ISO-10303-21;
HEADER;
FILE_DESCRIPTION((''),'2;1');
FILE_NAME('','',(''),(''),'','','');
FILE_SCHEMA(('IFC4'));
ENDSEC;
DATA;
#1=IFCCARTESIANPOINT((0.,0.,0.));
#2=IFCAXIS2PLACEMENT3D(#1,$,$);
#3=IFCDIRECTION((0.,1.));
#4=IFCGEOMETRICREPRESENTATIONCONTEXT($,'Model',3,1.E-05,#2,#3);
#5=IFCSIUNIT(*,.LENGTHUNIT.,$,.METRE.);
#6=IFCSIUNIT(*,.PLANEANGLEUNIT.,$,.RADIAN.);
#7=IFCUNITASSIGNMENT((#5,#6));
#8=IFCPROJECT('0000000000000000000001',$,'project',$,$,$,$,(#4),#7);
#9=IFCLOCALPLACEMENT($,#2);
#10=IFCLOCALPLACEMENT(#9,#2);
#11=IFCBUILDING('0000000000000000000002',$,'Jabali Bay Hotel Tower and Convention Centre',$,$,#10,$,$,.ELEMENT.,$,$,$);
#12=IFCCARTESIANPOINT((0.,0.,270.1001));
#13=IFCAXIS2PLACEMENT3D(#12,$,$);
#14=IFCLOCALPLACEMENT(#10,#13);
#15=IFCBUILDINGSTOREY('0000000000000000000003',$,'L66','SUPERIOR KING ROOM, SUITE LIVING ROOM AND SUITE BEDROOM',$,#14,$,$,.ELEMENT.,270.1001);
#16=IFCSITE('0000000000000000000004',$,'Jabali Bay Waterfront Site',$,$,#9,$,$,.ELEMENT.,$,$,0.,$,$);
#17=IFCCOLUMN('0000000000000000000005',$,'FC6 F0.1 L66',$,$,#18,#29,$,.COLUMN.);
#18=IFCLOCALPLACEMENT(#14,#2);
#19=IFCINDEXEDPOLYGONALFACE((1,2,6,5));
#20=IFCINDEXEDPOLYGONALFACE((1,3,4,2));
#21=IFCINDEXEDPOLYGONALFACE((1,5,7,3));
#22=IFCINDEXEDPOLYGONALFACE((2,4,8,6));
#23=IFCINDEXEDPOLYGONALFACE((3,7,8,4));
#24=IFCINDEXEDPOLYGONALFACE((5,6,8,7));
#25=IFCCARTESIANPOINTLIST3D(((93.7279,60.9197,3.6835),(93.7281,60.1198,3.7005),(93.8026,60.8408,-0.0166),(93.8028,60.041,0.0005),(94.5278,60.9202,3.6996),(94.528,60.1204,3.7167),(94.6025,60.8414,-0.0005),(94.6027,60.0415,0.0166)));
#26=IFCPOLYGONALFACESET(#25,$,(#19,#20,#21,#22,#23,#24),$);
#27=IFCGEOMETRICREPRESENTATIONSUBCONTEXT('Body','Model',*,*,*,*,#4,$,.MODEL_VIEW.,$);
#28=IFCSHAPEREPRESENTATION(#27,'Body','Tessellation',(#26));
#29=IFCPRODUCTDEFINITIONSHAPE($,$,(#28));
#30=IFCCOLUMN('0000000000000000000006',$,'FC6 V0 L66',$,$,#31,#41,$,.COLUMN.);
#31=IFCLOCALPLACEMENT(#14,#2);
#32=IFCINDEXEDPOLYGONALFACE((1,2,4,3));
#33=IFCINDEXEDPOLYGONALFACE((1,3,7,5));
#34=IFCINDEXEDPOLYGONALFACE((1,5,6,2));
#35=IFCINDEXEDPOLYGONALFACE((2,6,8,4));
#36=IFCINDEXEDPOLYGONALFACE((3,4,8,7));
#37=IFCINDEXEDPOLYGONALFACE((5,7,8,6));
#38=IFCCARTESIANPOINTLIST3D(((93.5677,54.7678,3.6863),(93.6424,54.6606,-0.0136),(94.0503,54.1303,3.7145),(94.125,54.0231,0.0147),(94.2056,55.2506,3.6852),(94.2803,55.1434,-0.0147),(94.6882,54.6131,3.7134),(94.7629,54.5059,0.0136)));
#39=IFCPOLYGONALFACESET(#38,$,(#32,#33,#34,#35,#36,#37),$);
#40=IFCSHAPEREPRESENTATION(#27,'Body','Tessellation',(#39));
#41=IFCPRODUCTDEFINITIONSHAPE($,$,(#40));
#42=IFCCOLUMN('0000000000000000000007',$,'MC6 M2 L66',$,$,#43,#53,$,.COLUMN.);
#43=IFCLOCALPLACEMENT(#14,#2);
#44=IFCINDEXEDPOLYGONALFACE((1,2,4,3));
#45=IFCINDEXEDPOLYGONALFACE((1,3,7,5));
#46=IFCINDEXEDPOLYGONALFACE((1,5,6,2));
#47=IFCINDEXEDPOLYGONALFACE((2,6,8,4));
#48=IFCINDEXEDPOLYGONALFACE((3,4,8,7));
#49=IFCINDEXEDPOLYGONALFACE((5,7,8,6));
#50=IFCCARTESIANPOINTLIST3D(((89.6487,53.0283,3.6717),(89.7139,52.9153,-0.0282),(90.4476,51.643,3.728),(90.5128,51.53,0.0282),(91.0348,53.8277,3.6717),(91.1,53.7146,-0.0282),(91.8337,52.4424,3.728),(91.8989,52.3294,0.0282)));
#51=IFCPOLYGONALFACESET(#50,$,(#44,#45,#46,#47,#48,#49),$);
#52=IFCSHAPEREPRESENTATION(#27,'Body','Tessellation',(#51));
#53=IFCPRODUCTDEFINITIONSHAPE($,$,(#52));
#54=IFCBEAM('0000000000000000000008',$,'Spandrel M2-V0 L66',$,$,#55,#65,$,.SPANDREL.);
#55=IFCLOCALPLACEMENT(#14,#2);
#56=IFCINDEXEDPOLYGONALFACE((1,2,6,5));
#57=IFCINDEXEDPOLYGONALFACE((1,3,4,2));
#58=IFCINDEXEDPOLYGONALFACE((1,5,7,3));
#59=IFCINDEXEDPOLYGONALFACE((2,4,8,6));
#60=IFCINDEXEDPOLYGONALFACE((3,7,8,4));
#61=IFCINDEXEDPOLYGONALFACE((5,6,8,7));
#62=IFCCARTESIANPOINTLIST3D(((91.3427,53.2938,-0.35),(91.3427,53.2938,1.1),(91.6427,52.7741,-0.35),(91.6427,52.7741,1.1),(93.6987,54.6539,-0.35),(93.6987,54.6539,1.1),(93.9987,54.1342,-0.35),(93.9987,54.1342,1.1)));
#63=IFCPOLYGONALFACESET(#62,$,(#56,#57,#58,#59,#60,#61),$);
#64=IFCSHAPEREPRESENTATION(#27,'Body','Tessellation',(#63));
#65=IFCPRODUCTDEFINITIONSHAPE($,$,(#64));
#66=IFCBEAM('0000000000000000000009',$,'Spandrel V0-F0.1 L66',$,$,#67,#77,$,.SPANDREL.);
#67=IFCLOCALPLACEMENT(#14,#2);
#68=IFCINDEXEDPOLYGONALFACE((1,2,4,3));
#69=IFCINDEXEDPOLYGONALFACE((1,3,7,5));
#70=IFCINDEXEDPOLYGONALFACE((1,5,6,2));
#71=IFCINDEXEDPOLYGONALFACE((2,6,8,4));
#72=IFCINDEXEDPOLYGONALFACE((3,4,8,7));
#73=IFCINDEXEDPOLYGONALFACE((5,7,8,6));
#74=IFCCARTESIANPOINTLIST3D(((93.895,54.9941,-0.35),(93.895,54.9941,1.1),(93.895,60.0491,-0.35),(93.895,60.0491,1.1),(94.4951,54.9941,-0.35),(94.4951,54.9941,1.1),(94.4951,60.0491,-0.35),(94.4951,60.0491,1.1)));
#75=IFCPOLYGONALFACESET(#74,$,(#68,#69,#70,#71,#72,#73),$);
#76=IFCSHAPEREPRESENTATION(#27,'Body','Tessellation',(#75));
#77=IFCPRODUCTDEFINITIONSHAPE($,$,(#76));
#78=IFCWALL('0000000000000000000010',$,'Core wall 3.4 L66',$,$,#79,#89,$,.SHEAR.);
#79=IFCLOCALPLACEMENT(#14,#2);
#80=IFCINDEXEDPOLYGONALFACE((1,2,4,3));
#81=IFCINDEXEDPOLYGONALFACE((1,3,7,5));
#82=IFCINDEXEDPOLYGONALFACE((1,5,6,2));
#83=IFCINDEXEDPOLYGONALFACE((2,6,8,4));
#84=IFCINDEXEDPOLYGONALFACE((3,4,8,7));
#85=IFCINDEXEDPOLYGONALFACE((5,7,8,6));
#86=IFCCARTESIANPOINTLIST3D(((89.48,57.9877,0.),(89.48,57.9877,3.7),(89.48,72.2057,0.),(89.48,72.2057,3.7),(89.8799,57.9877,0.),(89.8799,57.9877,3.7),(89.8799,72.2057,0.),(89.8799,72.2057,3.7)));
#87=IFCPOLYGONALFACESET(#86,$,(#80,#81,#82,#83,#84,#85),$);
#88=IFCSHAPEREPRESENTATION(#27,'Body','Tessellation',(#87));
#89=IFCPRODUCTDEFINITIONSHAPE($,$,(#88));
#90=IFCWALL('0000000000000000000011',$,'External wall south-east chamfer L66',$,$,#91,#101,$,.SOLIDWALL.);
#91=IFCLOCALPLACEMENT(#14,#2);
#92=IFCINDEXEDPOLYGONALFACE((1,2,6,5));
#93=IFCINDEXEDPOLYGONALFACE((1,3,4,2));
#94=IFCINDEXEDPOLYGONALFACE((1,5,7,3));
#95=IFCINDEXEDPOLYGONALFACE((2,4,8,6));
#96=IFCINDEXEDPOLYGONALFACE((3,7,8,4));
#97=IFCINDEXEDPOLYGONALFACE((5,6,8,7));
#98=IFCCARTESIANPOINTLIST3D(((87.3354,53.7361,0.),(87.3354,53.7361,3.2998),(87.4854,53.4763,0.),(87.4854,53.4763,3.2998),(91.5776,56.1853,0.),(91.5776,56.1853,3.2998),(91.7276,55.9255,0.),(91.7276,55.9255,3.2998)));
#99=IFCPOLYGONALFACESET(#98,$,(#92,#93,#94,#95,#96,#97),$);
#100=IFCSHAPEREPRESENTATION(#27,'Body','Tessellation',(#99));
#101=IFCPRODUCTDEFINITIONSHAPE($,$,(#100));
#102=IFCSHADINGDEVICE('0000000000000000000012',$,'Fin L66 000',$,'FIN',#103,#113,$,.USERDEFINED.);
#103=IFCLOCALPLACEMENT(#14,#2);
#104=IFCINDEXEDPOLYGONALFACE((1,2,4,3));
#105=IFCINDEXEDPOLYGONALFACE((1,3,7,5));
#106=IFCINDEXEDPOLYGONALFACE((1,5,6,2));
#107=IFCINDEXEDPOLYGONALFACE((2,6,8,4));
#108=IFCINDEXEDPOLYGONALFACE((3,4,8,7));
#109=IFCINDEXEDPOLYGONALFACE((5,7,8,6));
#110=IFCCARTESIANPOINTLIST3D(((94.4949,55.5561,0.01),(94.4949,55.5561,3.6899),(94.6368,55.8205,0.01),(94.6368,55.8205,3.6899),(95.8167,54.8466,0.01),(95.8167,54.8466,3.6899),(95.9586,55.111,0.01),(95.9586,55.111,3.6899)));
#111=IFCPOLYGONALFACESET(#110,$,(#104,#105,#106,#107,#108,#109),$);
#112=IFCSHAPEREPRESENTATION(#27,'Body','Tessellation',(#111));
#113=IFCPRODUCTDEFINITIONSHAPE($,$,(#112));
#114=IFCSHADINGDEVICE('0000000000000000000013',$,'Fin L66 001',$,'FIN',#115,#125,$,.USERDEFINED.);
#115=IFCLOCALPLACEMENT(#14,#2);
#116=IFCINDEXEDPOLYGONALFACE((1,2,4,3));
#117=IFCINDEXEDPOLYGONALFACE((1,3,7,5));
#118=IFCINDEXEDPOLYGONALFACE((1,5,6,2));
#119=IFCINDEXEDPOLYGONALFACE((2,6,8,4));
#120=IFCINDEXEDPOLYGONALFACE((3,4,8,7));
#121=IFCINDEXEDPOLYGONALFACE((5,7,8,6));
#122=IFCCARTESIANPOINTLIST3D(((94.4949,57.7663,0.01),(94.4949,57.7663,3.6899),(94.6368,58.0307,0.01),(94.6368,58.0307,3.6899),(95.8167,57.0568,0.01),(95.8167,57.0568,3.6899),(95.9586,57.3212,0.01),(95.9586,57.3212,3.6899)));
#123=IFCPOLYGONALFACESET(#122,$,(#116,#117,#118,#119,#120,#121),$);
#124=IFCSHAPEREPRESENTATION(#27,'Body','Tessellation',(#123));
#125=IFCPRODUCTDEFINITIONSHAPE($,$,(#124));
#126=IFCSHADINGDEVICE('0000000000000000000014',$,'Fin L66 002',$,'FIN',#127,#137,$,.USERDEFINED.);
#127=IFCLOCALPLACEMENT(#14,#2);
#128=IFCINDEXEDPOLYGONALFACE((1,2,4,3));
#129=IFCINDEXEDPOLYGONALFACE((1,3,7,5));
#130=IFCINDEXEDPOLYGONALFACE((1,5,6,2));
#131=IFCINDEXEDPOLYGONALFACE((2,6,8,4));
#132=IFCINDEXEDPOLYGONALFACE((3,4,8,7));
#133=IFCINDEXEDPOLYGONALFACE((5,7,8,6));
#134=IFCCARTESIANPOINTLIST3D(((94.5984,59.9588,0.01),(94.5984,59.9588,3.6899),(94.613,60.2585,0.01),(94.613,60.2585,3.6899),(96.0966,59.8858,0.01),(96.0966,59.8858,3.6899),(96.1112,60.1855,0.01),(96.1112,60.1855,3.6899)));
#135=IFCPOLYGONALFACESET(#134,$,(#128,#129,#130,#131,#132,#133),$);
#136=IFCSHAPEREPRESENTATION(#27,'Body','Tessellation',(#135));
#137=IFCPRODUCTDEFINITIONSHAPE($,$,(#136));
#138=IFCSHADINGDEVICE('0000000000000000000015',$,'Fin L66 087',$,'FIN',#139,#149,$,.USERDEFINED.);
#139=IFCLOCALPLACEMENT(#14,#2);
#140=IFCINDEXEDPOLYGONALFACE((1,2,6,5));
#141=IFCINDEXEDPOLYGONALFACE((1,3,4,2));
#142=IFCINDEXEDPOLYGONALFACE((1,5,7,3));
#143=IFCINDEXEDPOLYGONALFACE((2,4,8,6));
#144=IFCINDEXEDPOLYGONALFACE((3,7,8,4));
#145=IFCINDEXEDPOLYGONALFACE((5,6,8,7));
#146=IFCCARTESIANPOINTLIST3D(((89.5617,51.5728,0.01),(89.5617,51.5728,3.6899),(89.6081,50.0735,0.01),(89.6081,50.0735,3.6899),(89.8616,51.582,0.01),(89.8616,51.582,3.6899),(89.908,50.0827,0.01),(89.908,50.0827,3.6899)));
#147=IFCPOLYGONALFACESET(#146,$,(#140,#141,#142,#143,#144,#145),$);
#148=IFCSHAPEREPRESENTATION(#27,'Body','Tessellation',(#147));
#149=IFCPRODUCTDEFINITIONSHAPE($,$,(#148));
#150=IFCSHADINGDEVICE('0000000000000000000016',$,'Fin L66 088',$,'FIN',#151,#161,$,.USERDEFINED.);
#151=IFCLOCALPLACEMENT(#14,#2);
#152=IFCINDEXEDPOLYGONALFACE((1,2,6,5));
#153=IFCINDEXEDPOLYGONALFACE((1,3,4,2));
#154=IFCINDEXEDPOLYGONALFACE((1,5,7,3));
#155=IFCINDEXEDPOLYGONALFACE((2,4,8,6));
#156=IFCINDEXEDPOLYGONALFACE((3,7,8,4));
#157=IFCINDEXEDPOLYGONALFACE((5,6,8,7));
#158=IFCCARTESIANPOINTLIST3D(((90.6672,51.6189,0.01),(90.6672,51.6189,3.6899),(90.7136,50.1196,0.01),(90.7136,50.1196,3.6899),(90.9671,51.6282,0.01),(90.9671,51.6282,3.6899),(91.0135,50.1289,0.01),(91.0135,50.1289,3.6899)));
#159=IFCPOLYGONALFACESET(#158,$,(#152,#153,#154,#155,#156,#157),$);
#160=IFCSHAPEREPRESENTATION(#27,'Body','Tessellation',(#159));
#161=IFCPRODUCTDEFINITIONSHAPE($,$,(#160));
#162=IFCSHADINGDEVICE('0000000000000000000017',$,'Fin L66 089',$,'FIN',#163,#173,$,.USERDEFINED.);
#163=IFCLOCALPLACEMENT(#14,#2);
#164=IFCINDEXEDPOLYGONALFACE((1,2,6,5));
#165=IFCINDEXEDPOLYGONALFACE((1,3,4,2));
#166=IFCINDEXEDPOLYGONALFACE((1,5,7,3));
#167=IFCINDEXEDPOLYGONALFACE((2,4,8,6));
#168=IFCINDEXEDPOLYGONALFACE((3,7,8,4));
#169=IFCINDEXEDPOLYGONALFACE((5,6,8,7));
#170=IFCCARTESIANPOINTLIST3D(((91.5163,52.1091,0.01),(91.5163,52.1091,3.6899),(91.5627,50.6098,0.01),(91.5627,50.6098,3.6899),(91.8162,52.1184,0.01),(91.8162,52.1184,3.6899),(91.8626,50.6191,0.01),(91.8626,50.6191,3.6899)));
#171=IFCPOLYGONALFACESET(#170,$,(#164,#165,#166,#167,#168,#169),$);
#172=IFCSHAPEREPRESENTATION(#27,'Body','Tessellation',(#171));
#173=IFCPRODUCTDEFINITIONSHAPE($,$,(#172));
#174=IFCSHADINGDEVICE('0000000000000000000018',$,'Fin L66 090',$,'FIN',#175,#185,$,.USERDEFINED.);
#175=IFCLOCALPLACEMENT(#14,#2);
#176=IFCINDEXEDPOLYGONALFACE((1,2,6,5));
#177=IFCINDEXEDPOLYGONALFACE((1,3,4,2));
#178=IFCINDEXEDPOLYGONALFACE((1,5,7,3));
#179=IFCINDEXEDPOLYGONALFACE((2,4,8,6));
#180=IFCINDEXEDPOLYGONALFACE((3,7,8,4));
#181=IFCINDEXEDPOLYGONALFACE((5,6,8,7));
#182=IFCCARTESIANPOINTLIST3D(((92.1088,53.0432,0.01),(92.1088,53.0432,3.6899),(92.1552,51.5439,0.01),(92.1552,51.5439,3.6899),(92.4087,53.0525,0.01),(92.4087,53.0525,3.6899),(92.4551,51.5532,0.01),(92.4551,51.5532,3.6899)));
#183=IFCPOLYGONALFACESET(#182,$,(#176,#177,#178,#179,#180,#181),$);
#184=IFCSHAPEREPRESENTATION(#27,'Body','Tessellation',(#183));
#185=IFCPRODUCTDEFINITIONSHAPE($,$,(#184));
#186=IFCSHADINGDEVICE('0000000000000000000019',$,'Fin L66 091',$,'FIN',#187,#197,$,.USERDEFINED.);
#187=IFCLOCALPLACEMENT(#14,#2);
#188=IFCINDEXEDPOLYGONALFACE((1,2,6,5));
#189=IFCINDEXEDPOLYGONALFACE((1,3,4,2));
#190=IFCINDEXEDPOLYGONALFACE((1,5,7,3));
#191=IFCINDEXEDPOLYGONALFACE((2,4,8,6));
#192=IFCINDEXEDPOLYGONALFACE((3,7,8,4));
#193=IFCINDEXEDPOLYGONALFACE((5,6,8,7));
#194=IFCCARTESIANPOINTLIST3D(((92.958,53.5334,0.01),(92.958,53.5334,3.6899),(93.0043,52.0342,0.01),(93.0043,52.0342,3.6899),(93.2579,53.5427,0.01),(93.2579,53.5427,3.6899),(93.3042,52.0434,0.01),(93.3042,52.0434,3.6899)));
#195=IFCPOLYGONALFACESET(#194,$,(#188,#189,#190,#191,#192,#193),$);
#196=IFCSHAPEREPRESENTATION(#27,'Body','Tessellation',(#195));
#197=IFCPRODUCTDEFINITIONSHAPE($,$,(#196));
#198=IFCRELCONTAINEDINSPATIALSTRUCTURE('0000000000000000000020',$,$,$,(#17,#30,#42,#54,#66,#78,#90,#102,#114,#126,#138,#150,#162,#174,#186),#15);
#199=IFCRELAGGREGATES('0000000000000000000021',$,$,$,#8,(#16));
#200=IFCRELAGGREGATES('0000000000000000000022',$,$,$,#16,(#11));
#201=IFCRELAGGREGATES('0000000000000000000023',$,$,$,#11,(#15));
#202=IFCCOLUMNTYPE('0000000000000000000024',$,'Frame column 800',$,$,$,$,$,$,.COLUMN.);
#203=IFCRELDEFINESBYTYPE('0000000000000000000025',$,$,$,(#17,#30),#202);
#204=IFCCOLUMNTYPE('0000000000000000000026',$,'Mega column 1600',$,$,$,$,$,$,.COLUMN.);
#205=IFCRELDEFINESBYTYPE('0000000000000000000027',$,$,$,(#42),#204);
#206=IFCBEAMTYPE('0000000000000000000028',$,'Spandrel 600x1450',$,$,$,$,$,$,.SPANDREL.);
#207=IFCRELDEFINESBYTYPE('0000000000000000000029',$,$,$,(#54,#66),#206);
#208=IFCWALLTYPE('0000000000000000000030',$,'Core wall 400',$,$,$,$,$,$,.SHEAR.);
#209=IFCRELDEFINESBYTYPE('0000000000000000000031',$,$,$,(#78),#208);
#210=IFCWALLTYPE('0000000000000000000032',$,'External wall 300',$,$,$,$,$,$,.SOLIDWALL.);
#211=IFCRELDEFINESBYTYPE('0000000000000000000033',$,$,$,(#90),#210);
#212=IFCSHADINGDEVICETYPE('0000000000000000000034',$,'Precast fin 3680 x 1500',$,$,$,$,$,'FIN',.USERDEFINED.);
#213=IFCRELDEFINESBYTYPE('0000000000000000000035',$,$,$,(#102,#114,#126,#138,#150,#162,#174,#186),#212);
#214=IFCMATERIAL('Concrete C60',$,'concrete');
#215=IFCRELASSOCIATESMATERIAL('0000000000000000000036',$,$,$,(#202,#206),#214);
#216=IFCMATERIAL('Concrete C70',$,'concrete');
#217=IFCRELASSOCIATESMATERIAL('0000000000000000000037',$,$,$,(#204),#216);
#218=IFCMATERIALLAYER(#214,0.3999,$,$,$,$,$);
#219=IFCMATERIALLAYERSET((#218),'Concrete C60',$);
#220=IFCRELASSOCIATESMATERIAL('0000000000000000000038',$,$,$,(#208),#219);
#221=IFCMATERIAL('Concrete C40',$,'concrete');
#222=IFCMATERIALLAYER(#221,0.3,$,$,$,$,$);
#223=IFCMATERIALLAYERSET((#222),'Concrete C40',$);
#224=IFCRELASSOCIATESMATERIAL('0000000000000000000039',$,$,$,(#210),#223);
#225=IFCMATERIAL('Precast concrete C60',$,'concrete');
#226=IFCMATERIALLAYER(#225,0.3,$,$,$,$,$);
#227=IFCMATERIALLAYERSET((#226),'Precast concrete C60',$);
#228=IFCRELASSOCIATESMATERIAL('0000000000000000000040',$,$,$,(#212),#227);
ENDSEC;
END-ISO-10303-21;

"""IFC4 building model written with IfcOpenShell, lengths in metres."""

from ifc_helpers import new_model, si_unit, direction, frame, frame_2d, origin, origin_2d, place, context, subcontext, project, spatial, rectangle, extrude, material, layer, layer_set, material_profile, profile_set, type_object, element, save


model = new_model("IFC4")

# Units and contexts
model_context = context("Model", 3, precision=1e-05, world=origin(), true_north=direction((0.0, 1.0)))
body_context = subcontext(model_context, "Body", "Model", "MODEL_VIEW")
ifc_project = project(units=[si_unit("LENGTHUNIT", "METRE"), si_unit("PLANEANGLEUNIT", "RADIAN")], contexts=[model_context])

# Site, building, storey
site_placement = place(None, origin())
site = spatial("IfcSite", under=ifc_project, at=site_placement, Name="Jabali Bay Waterfront Site", CompositionType="ELEMENT", RefElevation=0.0)
building_placement = place(site_placement, origin())
building = spatial("IfcBuilding", under=site, at=building_placement, Name="Jabali Bay Hotel Tower and Convention Centre", CompositionType="ELEMENT")
storey_placement = place(building_placement, frame((0.0, 0.0, 270.1001)))
storey = spatial("IfcBuildingStorey", under=building, at=storey_placement, Name="L66", Description="SUPERIOR KING ROOM, SUITE LIVING ROOM AND SUITE BEDROOM", CompositionType="ELEMENT", Elevation=270.1001)

# Columns
ifc_material_1 = material(Name="Concrete C60", Category="concrete")
ifc_material_profile_1 = material_profile(ifc_material_1, rectangle(XDim=0.8, YDim=0.8, at=origin_2d()), Name="Frame column 800")
ifc_profile_set_1 = profile_set([ifc_material_profile_1], Name="Concrete C60")
column_type_1 = type_object("IfcColumnType", Name="Frame column 800", PredefinedType="COLUMN", material=ifc_profile_set_1)
column_1_placement = place(storey_placement, frame((94.2026, 60.4412, 0.0), z_axis=(-0.020183, 0.021304, 0.999569), x_axis=(0.000228, -0.999773, 0.021313)))
element("IfcColumn", 1, at=column_1_placement, inside=storey, type_object=column_type_1, Name="FC6 F0.1 L66", PredefinedType="COLUMN", context=body_context, shape_type="SweptSolid", body=[
    extrude(rectangle(XDim=0.8, YDim=0.8, at=origin_2d()), origin(), (0.0, 0.0, 1.0), 3.7017),
])
column_2_placement = place(storey_placement, frame((94.2026, 54.5833, 0.0), z_axis=(-0.020179, 0.028949, 0.999377), x_axis=(-0.797351, -0.603514, 0.001383)))
element("IfcColumn", 2, at=column_2_placement, inside=storey, type_object=column_type_1, Name="FC6 V0 L66", PredefinedType="COLUMN", context=body_context, shape_type="SweptSolid", body=[
    extrude(rectangle(XDim=0.8, YDim=0.8, at=origin_2d()), origin(), (0.0, 0.0, 1.0), 3.7021),
])
ifc_material_2 = material(Name="Concrete C70", Category="concrete")
ifc_material_profile_2 = material_profile(ifc_material_2, rectangle(XDim=1.6001, YDim=1.6001, at=origin_2d()), Name="Mega column 1600")
ifc_profile_set_2 = profile_set([ifc_material_profile_2], Name="Concrete C70")
column_type_2 = type_object("IfcColumnType", Name="Mega column 1600", PredefinedType="COLUMN", material=ifc_profile_set_2)
column_3_placement = place(storey_placement, frame((90.8064, 52.6223, 0.0), z_axis=(-0.017607, 0.030532, 0.999379), x_axis=(-0.866274, -0.499569, 0.0)))
element("IfcColumn", 3, at=column_3_placement, inside=storey, type_object=column_type_2, Name="MC6 M2 L66", PredefinedType="COLUMN", context=body_context, shape_type="SweptSolid", body=[
    extrude(rectangle(XDim=1.6001, YDim=1.6001, at=origin_2d()), origin(), (0.0, 0.0, 1.0), 3.7021),
])

# Beams
ifc_material_profile_3 = material_profile(ifc_material_1, rectangle(XDim=0.6001, YDim=1.45, at=origin_2d()), Name="Spandrel 600x1450")
ifc_profile_set_3 = profile_set([ifc_material_profile_3], Name="Concrete C60")
beam_type = type_object("IfcBeamType", Name="Spandrel 600x1450", PredefinedType="SPANDREL", material=ifc_profile_set_3)
beam_1_placement = place(storey_placement, frame((91.4927, 53.0339, 0.375), z_axis=(0.866042, 0.499971, 0.0), x_axis=(-0.499971, 0.866042, 0.0)))
element("IfcBeam", 4, at=beam_1_placement, inside=storey, type_object=beam_type, Name="Spandrel M2-V0 L66", PredefinedType="SPANDREL", context=body_context, shape_type="SweptSolid", body=[
    extrude(rectangle(XDim=0.6001, YDim=1.45, at=origin_2d()), origin(), (0.0, 0.0, 1.0), 2.7205),
])
beam_2_placement = place(storey_placement, frame((94.1951, 54.9941, 0.375), z_axis=(0.0, 1.0, 0.0), x_axis=(-1.0, 0.0, 0.0)))
element("IfcBeam", 5, at=beam_2_placement, inside=storey, type_object=beam_type, Name="Spandrel V0-F0.1 L66", PredefinedType="SPANDREL", context=body_context, shape_type="SweptSolid", body=[
    extrude(rectangle(XDim=0.6001, YDim=1.45, at=origin_2d()), origin(), (0.0, 0.0, 1.0), 5.0549),
])

# Walls
ifc_layer_1 = layer(ifc_material_1, 0.3999)
ifc_layer_set_1 = layer_set([ifc_layer_1], Name="Concrete C60")
wall_type_1 = type_object("IfcWallType", Name="Core wall 400", PredefinedType="SHEAR", material=ifc_layer_set_1)
wall_1_placement = place(storey_placement, frame((89.6799, 57.9878, 0.0), z_axis=(0.0, 0.0, 1.0), x_axis=(0.0, 1.0, 0.0)))
element("IfcWall", 6, at=wall_1_placement, inside=storey, type_object=wall_type_1, Name="Core wall 3.4 L66", PredefinedType="SHEAR", context=body_context, shape_type="SweptSolid", body=[
    extrude(rectangle(XDim=14.218, YDim=0.3999, at=frame_2d((7.1089, 0.0))), origin(), (0.0, 0.0, 1.0), 3.7),
])
ifc_material_3 = material(Name="Concrete C40", Category="concrete")
ifc_layer_2 = layer(ifc_material_3, 0.3)
ifc_layer_set_2 = layer_set([ifc_layer_2], Name="Concrete C40")
wall_type_2 = type_object("IfcWallType", Name="External wall 300", PredefinedType="SOLIDWALL", material=ifc_layer_set_2)
wall_2_placement = place(storey_placement, frame((91.6526, 56.0554, 0.0), z_axis=(0.0, 0.0, 1.0), x_axis=(-0.866026, -0.499999, 0.0)))
element("IfcWall", 7, at=wall_2_placement, inside=storey, type_object=wall_type_2, Name="External wall south-east chamfer L66", PredefinedType="SOLIDWALL", context=body_context, shape_type="SweptSolid", body=[
    extrude(rectangle(XDim=4.8984, YDim=0.3, at=frame_2d((2.4492, 0.0))), origin(), (0.0, 0.0, 1.0), 3.2998),
])

# Shading devices
ifc_material_4 = material(Name="Precast concrete C60", Category="concrete")
ifc_layer_3 = layer(ifc_material_4, 0.3)
ifc_layer_set_3 = layer_set([ifc_layer_3], Name="Precast concrete C60")
shading_device_type = type_object("IfcShadingDeviceType", Name="Precast fin 3680 x 1500", ElementType="FIN", PredefinedType="USERDEFINED", material=ifc_layer_set_3)
for number, where, z_axis, x_axis, name in (
    (8, (94.5659, 55.6882, 0.01), (0.0, 0.0, 1.0), (0.881097, -0.472935, 0.0), "Fin L66 000"),
    (9, (94.5659, 57.8984, 0.01), (0.0, 0.0, 1.0), (0.881097, -0.472935, 0.0), "Fin L66 001"),
):
    element("IfcShadingDevice", number, at=place(storey_placement, frame(where, z_axis=z_axis, x_axis=x_axis)), inside=storey, type_object=shading_device_type, Name=name, ObjectType="FIN", PredefinedType="USERDEFINED", context=body_context, shape_type="SweptSolid", body=[
        extrude(rectangle(XDim=1.5002, YDim=0.3, at=frame_2d((0.75, 0.0))), origin(), (0.0, 0.0, 1.0), 3.6799),
    ])
for number, where, z_axis, x_axis, name in (
    (10, (94.6057, 60.1086, 0.01), (0.0, 0.0, 1.0), (0.998815, -0.048663, 0.0), "Fin L66 002"),
    (11, (89.7117, 51.5774, 0.01), (0.0, 0.0, 1.0), (0.030925, -0.999522, 0.0), "Fin L66 087"),
    (12, (90.8171, 51.6235, 0.01), (0.0, 0.0, 1.0), (0.030925, -0.999522, 0.0), "Fin L66 088"),
    (13, (91.6663, 52.1138, 0.01), (0.0, 0.0, 1.0), (0.030925, -0.999522, 0.0), "Fin L66 089"),
    (14, (92.2588, 53.0479, 0.01), (0.0, 0.0, 1.0), (0.030925, -0.999522, 0.0), "Fin L66 090"),
    (15, (93.1079, 53.5381, 0.01), (0.0, 0.0, 1.0), (0.030925, -0.999522, 0.0), "Fin L66 091"),
):
    element("IfcShadingDevice", number, at=place(storey_placement, frame(where, z_axis=z_axis, x_axis=x_axis)), inside=storey, type_object=shading_device_type, Name=name, ObjectType="FIN", PredefinedType="USERDEFINED", context=body_context, shape_type="SweptSolid", body=[
        extrude(rectangle(XDim=1.5, YDim=0.3, at=frame_2d((0.75, 0.0))), origin(), (0.0, 0.0, 1.0), 3.6799),
    ])

save(model, "model.ifc")
